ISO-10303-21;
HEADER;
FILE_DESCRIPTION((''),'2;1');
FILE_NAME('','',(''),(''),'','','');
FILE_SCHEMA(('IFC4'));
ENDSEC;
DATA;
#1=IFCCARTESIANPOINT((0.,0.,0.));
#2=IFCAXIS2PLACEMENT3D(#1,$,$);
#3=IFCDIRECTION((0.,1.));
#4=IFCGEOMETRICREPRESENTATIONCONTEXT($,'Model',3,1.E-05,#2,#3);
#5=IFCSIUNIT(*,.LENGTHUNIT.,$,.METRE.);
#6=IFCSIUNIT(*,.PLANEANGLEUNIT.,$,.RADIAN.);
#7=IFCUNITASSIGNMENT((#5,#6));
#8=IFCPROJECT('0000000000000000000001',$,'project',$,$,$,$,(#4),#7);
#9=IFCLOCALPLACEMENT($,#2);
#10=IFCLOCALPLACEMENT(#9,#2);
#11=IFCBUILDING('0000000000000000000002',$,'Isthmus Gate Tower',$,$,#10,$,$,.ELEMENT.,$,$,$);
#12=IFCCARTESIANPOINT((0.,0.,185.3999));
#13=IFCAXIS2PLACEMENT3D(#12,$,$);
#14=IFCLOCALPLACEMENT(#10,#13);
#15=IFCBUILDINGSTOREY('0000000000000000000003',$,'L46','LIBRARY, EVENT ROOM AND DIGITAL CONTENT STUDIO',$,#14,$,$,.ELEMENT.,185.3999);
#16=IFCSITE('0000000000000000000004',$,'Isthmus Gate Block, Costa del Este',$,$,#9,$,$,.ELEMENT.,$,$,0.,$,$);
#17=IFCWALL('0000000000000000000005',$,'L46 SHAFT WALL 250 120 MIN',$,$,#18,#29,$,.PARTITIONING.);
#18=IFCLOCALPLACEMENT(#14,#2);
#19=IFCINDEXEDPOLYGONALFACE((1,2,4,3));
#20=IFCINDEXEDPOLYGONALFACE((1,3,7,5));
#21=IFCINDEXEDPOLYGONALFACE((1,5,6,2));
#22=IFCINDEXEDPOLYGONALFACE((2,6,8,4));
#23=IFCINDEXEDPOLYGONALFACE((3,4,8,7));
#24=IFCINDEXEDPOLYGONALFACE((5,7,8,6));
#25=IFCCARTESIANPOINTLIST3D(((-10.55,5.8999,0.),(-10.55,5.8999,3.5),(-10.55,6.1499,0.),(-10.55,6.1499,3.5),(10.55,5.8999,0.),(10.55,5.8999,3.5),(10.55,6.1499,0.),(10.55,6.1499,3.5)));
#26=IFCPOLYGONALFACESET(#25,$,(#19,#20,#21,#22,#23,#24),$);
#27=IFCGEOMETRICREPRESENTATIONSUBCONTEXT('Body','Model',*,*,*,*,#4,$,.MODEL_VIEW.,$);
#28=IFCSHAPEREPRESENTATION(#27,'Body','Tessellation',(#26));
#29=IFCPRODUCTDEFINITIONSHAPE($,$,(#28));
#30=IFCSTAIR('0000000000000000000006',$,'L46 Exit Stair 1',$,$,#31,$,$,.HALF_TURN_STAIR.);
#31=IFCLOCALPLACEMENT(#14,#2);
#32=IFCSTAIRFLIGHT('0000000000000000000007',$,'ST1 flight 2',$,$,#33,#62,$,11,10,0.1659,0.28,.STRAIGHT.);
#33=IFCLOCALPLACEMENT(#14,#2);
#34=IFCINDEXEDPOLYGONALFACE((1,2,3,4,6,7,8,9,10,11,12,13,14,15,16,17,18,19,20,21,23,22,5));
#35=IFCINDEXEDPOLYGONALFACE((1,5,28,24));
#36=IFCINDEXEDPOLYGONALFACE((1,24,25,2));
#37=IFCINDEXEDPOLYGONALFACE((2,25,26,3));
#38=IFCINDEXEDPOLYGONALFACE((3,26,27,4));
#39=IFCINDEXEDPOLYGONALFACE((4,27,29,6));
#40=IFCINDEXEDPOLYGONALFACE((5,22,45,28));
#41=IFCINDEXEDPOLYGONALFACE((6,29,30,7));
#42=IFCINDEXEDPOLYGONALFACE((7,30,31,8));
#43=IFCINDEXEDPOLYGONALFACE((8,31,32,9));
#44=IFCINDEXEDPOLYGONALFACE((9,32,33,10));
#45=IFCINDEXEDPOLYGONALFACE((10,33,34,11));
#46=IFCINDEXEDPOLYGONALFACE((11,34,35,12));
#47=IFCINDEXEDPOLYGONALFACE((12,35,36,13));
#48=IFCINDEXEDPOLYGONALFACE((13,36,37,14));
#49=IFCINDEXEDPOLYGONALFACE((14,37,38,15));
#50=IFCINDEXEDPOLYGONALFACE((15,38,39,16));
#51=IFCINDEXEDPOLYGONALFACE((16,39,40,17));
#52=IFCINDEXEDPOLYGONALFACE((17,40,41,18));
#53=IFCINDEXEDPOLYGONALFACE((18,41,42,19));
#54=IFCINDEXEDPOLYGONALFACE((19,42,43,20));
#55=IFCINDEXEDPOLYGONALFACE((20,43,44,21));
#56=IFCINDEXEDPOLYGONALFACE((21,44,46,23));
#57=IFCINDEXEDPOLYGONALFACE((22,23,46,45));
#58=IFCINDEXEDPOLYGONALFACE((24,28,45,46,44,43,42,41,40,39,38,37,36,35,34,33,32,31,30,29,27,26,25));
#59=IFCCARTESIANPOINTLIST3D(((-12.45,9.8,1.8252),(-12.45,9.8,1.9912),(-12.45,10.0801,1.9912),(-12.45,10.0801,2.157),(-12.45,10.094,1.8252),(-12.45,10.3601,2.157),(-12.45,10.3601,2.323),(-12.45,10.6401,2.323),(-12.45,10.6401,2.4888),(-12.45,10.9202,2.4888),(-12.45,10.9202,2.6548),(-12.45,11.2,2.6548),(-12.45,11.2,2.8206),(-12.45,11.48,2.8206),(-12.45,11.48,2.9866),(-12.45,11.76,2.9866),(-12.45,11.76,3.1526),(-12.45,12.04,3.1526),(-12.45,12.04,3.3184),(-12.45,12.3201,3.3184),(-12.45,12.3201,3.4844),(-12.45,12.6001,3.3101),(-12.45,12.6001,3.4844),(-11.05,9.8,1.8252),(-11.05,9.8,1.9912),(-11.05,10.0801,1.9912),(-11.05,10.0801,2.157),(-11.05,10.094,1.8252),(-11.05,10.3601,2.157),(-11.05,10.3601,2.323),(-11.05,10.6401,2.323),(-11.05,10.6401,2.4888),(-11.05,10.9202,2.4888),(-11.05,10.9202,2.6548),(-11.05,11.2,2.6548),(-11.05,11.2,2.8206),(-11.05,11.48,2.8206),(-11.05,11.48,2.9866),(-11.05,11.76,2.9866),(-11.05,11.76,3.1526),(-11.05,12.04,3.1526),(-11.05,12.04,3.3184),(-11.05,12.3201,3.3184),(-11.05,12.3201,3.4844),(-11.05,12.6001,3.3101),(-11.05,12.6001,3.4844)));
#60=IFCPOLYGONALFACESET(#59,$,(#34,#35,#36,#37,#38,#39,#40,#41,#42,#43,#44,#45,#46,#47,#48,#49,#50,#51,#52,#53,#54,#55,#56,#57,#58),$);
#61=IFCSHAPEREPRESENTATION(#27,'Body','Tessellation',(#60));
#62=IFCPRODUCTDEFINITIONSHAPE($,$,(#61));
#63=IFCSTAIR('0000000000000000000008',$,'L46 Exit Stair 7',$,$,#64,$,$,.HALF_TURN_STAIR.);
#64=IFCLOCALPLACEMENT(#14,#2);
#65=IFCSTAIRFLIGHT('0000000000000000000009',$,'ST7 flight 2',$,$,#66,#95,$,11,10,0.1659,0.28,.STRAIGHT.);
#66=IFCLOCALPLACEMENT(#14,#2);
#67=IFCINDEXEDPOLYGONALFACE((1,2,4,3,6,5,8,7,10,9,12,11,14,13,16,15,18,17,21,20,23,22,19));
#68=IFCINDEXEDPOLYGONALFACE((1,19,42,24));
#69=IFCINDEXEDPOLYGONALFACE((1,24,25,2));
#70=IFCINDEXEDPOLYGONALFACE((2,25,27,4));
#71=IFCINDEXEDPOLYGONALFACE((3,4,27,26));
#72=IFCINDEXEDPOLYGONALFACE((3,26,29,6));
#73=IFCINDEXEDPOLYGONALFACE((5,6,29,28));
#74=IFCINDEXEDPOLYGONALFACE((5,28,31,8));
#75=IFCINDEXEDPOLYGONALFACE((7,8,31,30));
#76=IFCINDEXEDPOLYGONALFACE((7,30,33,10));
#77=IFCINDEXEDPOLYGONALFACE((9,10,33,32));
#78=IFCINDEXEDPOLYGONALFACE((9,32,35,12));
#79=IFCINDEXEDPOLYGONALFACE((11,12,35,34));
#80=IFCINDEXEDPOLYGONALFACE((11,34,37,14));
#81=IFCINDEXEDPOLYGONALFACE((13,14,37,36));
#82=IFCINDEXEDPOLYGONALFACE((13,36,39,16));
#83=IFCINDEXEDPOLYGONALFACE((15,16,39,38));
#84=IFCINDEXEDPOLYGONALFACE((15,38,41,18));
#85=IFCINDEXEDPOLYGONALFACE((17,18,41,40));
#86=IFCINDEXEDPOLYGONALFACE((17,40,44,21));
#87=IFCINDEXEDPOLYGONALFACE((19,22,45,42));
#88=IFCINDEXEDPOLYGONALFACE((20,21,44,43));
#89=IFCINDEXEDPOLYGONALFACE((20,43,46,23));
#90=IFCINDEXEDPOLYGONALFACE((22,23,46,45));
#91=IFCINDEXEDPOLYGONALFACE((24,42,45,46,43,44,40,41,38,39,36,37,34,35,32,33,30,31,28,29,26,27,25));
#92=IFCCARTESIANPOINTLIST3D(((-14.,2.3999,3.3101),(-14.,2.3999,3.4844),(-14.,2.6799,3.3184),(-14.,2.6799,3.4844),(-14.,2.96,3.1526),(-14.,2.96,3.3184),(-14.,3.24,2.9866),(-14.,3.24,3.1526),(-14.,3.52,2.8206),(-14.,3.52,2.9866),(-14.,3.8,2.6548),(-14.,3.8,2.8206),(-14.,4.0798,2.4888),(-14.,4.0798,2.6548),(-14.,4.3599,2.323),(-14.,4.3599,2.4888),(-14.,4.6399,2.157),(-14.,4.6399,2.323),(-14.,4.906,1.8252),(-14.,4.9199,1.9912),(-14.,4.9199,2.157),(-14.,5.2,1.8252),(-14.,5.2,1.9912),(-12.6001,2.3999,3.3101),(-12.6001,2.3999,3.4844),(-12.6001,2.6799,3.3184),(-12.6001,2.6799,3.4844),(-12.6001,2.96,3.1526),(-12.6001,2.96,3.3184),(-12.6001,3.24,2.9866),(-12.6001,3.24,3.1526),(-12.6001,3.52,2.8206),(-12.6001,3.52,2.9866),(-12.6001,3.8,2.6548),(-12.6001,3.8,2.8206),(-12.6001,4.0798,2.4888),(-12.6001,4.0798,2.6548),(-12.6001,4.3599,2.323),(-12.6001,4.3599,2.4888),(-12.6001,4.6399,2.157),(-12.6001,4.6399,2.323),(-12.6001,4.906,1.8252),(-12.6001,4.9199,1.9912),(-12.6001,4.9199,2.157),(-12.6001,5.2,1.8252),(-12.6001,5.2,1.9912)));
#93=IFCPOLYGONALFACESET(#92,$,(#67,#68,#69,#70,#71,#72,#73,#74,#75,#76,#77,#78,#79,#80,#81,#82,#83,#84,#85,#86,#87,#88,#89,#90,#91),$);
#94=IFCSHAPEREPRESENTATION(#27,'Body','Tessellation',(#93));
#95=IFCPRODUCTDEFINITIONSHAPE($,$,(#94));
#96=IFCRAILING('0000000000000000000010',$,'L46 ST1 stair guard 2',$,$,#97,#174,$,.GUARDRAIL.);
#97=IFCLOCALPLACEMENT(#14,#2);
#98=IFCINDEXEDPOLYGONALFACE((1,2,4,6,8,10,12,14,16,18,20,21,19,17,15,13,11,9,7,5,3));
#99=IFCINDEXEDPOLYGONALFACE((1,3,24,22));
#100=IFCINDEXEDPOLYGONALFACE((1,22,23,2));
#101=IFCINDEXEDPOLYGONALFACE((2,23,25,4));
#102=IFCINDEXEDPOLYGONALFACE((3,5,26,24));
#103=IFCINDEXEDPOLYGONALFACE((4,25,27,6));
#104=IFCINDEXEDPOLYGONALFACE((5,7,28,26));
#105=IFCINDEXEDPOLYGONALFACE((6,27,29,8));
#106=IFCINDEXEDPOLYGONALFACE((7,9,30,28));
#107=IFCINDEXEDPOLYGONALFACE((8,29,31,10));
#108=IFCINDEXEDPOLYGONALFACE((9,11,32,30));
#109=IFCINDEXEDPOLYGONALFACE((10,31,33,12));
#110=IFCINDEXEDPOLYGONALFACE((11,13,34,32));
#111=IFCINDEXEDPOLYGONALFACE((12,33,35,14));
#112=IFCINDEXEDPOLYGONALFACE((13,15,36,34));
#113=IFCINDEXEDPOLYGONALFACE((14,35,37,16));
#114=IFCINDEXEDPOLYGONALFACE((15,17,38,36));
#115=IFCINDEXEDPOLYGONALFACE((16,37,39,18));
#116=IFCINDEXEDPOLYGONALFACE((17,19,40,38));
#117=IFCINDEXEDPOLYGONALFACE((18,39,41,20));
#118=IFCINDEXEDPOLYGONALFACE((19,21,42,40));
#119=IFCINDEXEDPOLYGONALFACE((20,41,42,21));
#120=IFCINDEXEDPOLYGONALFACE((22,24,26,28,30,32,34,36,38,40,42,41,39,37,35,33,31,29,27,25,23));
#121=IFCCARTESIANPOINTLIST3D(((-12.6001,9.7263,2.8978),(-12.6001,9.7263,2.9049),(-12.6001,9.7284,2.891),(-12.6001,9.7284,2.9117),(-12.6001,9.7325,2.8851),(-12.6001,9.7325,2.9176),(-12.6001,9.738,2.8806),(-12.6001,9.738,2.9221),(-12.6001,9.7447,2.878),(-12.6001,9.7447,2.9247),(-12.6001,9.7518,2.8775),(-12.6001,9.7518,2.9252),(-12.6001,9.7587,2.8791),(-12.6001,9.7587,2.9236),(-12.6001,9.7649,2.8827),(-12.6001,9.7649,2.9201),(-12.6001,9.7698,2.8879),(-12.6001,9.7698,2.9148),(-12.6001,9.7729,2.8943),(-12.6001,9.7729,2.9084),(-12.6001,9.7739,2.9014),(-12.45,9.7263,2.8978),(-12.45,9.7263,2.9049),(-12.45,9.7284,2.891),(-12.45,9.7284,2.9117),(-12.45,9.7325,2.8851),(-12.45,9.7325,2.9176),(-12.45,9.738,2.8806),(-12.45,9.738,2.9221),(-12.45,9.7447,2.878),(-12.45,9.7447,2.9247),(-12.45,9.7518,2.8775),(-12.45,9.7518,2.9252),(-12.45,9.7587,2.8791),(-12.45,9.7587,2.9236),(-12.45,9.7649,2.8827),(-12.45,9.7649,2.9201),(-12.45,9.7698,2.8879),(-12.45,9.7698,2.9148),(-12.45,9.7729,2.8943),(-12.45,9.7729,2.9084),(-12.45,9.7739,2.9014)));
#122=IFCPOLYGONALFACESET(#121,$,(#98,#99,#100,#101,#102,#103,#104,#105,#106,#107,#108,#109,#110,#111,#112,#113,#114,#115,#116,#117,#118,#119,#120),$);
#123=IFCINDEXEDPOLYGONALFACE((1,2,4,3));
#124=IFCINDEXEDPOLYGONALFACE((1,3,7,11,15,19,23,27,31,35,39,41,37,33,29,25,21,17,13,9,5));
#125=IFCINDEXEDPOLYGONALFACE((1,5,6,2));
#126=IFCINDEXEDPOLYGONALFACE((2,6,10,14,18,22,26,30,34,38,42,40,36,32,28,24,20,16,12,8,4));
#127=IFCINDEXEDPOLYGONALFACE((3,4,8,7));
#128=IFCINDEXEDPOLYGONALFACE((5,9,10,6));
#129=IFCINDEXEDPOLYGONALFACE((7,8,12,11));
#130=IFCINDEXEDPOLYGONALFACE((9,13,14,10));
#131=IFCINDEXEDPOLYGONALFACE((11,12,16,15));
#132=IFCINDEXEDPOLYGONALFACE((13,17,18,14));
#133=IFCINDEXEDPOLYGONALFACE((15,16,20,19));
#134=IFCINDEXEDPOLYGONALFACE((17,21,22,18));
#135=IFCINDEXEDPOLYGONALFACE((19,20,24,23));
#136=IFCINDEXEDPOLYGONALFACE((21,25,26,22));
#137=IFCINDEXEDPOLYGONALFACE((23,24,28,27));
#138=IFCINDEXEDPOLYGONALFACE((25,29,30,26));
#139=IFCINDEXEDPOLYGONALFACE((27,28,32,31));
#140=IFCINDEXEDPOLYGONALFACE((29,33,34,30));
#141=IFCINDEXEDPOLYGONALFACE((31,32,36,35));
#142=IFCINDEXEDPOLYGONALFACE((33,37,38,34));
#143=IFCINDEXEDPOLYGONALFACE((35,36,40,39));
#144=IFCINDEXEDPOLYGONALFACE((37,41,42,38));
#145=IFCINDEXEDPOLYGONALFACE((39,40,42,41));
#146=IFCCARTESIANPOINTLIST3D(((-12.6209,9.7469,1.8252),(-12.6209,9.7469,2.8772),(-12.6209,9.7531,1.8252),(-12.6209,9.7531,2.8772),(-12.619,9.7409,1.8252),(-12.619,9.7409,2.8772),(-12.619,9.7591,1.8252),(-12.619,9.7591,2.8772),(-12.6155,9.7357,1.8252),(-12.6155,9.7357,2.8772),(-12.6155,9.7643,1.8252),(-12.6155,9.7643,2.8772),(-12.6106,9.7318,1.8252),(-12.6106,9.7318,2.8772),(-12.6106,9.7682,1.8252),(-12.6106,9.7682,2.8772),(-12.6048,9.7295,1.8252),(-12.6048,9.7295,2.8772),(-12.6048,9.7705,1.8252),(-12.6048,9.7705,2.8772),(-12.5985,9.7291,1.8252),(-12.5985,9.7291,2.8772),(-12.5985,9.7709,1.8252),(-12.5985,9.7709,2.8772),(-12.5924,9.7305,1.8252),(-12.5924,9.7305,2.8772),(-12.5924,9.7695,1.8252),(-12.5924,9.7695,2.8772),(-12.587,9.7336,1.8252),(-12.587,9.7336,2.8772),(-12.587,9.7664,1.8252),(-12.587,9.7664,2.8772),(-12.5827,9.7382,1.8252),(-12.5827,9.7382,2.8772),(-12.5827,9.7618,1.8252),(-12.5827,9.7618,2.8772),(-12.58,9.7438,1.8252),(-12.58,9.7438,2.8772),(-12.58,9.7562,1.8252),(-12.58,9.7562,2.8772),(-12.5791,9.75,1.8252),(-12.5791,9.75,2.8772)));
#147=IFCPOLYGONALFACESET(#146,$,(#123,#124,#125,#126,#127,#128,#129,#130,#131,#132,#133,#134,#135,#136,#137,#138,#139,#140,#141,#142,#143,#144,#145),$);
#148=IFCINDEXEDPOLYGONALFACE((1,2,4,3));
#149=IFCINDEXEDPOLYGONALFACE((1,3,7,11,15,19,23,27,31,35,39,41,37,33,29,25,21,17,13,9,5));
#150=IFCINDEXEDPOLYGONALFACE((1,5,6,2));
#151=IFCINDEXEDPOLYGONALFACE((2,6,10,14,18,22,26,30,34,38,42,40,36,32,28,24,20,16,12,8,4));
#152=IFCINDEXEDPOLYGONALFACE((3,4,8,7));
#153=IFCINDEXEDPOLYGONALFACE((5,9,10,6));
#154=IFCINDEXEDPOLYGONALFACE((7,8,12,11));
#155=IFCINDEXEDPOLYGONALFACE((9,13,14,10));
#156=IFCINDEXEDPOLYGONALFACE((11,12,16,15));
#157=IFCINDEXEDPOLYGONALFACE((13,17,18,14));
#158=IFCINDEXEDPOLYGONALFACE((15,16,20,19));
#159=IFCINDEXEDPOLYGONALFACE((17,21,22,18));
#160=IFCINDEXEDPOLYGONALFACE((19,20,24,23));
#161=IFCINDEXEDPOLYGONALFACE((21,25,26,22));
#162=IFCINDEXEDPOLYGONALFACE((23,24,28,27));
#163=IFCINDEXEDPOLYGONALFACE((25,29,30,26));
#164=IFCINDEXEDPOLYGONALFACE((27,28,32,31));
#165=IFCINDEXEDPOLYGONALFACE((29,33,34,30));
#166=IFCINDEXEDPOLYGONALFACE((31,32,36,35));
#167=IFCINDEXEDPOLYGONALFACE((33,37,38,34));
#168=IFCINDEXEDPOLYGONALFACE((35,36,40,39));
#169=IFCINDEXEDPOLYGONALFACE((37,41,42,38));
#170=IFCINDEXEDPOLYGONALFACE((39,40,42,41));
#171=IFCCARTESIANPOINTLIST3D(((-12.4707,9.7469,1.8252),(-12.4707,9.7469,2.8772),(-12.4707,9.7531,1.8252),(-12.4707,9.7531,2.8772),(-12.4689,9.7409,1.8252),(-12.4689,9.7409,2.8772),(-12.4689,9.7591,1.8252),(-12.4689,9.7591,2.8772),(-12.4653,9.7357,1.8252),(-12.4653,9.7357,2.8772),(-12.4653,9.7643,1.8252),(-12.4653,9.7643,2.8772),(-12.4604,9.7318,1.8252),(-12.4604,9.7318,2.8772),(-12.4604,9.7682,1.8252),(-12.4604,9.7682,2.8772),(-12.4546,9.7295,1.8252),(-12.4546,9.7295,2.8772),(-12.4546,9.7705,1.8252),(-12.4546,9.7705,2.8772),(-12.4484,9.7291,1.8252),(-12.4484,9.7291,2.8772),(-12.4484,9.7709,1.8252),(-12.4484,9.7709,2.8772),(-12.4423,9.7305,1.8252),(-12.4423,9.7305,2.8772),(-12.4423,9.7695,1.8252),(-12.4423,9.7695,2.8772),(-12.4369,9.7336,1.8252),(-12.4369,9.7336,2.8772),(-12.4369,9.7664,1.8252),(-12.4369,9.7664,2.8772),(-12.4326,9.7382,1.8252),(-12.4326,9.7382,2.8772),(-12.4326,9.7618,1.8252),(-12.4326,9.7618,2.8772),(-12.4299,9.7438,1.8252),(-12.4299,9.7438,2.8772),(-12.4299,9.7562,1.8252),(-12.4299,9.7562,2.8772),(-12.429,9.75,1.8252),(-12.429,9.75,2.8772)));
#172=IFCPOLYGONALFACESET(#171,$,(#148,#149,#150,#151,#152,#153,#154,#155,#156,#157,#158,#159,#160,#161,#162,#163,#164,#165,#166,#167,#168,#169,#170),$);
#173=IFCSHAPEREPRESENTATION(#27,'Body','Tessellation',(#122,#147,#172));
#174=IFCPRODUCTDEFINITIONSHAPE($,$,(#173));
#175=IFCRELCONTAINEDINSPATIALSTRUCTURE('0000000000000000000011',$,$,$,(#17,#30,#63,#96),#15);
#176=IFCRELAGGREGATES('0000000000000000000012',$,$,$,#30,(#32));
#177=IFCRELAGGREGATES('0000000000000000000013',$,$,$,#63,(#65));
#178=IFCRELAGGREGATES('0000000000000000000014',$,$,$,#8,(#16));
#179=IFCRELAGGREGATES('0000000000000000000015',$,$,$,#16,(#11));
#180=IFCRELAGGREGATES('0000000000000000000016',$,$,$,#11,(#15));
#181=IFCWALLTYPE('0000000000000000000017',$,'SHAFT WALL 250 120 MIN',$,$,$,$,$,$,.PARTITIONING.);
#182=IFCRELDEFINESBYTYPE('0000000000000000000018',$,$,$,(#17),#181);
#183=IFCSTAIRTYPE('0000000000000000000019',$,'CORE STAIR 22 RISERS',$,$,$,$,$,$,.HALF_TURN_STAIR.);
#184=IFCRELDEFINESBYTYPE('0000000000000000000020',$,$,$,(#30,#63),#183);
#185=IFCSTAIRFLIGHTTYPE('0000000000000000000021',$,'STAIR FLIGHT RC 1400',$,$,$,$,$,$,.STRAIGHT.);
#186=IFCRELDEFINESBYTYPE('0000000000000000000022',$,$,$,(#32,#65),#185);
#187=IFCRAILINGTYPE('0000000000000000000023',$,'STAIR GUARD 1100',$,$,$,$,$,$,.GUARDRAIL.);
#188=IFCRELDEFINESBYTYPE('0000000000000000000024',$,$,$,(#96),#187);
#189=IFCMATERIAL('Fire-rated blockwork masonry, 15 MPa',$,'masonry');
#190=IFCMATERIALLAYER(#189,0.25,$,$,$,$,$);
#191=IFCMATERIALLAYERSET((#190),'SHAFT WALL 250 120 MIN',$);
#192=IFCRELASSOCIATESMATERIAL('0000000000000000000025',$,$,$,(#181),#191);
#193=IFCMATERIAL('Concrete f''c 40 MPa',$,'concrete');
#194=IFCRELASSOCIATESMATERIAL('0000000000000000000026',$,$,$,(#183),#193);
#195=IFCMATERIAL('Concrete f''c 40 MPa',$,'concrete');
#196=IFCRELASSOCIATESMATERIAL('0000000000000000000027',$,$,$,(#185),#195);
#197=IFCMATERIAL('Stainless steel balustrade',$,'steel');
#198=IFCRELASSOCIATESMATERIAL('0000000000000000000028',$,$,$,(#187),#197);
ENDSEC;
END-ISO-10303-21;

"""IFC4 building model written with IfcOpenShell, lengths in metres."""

from ifc_helpers import new_model, si_unit, direction, frame, frame_2d, origin, origin_2d, place, context, subcontext, project, spatial, polyline, rectangle, circle, outline, extrude, material, layer, layer_set, type_object, element, aggregate, save


model = new_model("IFC4")

# Units and contexts
model_context = context("Model", 3, precision=1e-05, world=origin(), true_north=direction((0.0, 1.0)))
body_context = subcontext(model_context, "Body", "Model", "MODEL_VIEW")
ifc_project = project(units=[si_unit("LENGTHUNIT", "METRE"), si_unit("PLANEANGLEUNIT", "RADIAN")], contexts=[model_context])

# Site, building, storey
site_placement = place(None, origin())
site = spatial("IfcSite", under=ifc_project, at=site_placement, Name="Isthmus Gate Block, Costa del Este", CompositionType="ELEMENT", RefElevation=0.0)
building_placement = place(site_placement, origin())
building = spatial("IfcBuilding", under=site, at=building_placement, Name="Isthmus Gate Tower", CompositionType="ELEMENT")
storey_placement = place(building_placement, frame((0.0, 0.0, 185.3999)))
storey = spatial("IfcBuildingStorey", under=building, at=storey_placement, Name="L46", Description="LIBRARY, EVENT ROOM AND DIGITAL CONTENT STUDIO", CompositionType="ELEMENT", Elevation=185.3999)

# Wall
ifc_material_1 = material(Name="Fire-rated blockwork masonry, 15 MPa", Category="masonry")
ifc_layer_1 = layer(ifc_material_1, 0.25)
ifc_layer_set_1 = layer_set([ifc_layer_1], Name="SHAFT WALL 250 120 MIN")
wall_type_1 = type_object("IfcWallType", Name="SHAFT WALL 250 120 MIN", PredefinedType="PARTITIONING", material=ifc_layer_set_1)
wall_1_placement = place(storey_placement, frame((-10.55, 6.0249, 0.0), z_axis=(0.0, 0.0, 1.0), x_axis=(1.0, 0.0, 0.0)))
element("IfcWall", 1, at=wall_1_placement, inside=storey, type_object=wall_type_1, Name="L46 SHAFT WALL 250 120 MIN", PredefinedType="PARTITIONING", context=body_context, shape_type="SweptSolid", body=[
    extrude(rectangle(XDim=21.1001, YDim=0.25, at=frame_2d((10.55, 0.0))), origin(), (0.0, 0.0, 1.0), 3.5),
])

# Stairs, stair flights
ifc_material_2 = material(Name="Concrete f'c 40 MPa", Category="concrete")
stair_type = type_object("IfcStairType", Name="CORE STAIR 22 RISERS", PredefinedType="HALF_TURN_STAIR", material=ifc_material_2)
stair_1_placement = place(storey_placement, origin())
stair_1 = element("IfcStair", 2, at=stair_1_placement, inside=storey, type_object=stair_type, Name="L46 Exit Stair 1", PredefinedType="HALF_TURN_STAIR")
ifc_material_3 = material(Name="Concrete f'c 40 MPa", Category="concrete")
stair_flight_type = type_object("IfcStairFlightType", Name="STAIR FLIGHT RC 1400", PredefinedType="STRAIGHT", material=ifc_material_3)
stair_flight_1_placement = place(storey_placement, frame((-11.75, 9.8, 1.8252), z_axis=(0.0, 0.0, 1.0), x_axis=(0.0, 1.0, 0.0)))
stair_flight_1 = element("IfcStairFlight", 3, at=stair_flight_1_placement, type_object=stair_flight_type, Name="ST1 flight 2", NumberOfRisers=11, NumberOfTreads=10, PredefinedType="STRAIGHT", RiserHeight=0.1659, TreadLength=0.28, context=body_context, shape_type="SweptSolid", body=[
    extrude(outline(polyline([(0.0, 0.0), (0.0, 0.166), (0.28, 0.166), (0.28, 0.3318), (0.5601, 0.3318), (0.5601, 0.4978), (0.8401, 0.4978), (0.8401, 0.6636), (1.1201, 0.6636), (1.1201, 0.8296), (1.3999, 0.8296), (1.3999, 0.9954), (1.6799, 0.9954), (1.6799, 1.1614), (1.96, 1.1614), (1.96, 1.3274), (2.24, 1.3274), (2.24, 1.4932), (2.52, 1.4932), (2.52, 1.6592), (2.8, 1.6592), (2.8, 1.825), (2.8, 1.4849), (0.2939, 0.0), (0.0, 0.0)])), frame((0.0, 0.7, 0.0), z_axis=(0.0, -1.0, 0.0), x_axis=(1.0, 0.0, 0.0)), (0.0, 0.0, 1.0), 1.3999),
])
aggregate(stair_1, [stair_flight_1])
stair_2_placement = place(storey_placement, origin())
stair_2 = element("IfcStair", 4, at=stair_2_placement, inside=storey, type_object=stair_type, Name="L46 Exit Stair 7", PredefinedType="HALF_TURN_STAIR")
stair_flight_2_placement = place(storey_placement, frame((-13.3, 5.2, 1.8252), z_axis=(0.0, 0.0, 1.0), x_axis=(0.0, -1.0, 0.0)))
stair_flight_2 = element("IfcStairFlight", 5, at=stair_flight_2_placement, type_object=stair_flight_type, Name="ST7 flight 2", NumberOfRisers=11, NumberOfTreads=10, PredefinedType="STRAIGHT", RiserHeight=0.1659, TreadLength=0.28, context=body_context, shape_type="SweptSolid", body=[
    extrude(outline(polyline([(0.0, 0.0), (0.0, 0.166), (0.28, 0.166), (0.28, 0.3318), (0.5601, 0.3318), (0.5601, 0.4978), (0.8401, 0.4978), (0.8401, 0.6636), (1.1201, 0.6636), (1.1201, 0.8296), (1.3999, 0.8296), (1.3999, 0.9954), (1.6799, 0.9954), (1.6799, 1.1614), (1.96, 1.1614), (1.96, 1.3274), (2.24, 1.3274), (2.24, 1.4932), (2.52, 1.4932), (2.52, 1.6592), (2.8, 1.6592), (2.8, 1.825), (2.8, 1.4849), (0.2939, 0.0), (0.0, 0.0)])), frame((0.0, 0.7, 0.0), z_axis=(0.0, -1.0, 0.0), x_axis=(1.0, 0.0, 0.0)), (0.0, 0.0, 1.0), 1.3999),
])
aggregate(stair_2, [stair_flight_2])

# Railing
ifc_material_4 = material(Name="Stainless steel balustrade", Category="steel")
railing_type_1 = type_object("IfcRailingType", Name="STAIR GUARD 1100", PredefinedType="GUARDRAIL", material=ifc_material_4)
railing_1_placement = place(storey_placement, frame((-12.6001, 9.75, 1.8252)))
element("IfcRailing", 6, at=railing_1_placement, inside=storey, type_object=railing_type_1, Name="L46 ST1 stair guard 2", PredefinedType="GUARDRAIL", context=body_context, shape_type="SweptSolid", body=[
    extrude(circle(Radius=0.0239, at=origin_2d()), frame((0.0, 0.0, 1.0762), z_axis=(1.0, 0.0, 0.0), x_axis=(0.0, 1.0, 0.0)), (0.0, 0.0, 1.0), 0.1501),
    extrude(circle(Radius=0.021, at=origin_2d()), origin(), (0.0, 0.0, 1.0), 1.052),
    extrude(circle(Radius=0.021, at=origin_2d()), frame((0.1501, 0.0, 0.0)), (0.0, 0.0, 1.0), 1.052),
])

save(model, "model.ifc")
